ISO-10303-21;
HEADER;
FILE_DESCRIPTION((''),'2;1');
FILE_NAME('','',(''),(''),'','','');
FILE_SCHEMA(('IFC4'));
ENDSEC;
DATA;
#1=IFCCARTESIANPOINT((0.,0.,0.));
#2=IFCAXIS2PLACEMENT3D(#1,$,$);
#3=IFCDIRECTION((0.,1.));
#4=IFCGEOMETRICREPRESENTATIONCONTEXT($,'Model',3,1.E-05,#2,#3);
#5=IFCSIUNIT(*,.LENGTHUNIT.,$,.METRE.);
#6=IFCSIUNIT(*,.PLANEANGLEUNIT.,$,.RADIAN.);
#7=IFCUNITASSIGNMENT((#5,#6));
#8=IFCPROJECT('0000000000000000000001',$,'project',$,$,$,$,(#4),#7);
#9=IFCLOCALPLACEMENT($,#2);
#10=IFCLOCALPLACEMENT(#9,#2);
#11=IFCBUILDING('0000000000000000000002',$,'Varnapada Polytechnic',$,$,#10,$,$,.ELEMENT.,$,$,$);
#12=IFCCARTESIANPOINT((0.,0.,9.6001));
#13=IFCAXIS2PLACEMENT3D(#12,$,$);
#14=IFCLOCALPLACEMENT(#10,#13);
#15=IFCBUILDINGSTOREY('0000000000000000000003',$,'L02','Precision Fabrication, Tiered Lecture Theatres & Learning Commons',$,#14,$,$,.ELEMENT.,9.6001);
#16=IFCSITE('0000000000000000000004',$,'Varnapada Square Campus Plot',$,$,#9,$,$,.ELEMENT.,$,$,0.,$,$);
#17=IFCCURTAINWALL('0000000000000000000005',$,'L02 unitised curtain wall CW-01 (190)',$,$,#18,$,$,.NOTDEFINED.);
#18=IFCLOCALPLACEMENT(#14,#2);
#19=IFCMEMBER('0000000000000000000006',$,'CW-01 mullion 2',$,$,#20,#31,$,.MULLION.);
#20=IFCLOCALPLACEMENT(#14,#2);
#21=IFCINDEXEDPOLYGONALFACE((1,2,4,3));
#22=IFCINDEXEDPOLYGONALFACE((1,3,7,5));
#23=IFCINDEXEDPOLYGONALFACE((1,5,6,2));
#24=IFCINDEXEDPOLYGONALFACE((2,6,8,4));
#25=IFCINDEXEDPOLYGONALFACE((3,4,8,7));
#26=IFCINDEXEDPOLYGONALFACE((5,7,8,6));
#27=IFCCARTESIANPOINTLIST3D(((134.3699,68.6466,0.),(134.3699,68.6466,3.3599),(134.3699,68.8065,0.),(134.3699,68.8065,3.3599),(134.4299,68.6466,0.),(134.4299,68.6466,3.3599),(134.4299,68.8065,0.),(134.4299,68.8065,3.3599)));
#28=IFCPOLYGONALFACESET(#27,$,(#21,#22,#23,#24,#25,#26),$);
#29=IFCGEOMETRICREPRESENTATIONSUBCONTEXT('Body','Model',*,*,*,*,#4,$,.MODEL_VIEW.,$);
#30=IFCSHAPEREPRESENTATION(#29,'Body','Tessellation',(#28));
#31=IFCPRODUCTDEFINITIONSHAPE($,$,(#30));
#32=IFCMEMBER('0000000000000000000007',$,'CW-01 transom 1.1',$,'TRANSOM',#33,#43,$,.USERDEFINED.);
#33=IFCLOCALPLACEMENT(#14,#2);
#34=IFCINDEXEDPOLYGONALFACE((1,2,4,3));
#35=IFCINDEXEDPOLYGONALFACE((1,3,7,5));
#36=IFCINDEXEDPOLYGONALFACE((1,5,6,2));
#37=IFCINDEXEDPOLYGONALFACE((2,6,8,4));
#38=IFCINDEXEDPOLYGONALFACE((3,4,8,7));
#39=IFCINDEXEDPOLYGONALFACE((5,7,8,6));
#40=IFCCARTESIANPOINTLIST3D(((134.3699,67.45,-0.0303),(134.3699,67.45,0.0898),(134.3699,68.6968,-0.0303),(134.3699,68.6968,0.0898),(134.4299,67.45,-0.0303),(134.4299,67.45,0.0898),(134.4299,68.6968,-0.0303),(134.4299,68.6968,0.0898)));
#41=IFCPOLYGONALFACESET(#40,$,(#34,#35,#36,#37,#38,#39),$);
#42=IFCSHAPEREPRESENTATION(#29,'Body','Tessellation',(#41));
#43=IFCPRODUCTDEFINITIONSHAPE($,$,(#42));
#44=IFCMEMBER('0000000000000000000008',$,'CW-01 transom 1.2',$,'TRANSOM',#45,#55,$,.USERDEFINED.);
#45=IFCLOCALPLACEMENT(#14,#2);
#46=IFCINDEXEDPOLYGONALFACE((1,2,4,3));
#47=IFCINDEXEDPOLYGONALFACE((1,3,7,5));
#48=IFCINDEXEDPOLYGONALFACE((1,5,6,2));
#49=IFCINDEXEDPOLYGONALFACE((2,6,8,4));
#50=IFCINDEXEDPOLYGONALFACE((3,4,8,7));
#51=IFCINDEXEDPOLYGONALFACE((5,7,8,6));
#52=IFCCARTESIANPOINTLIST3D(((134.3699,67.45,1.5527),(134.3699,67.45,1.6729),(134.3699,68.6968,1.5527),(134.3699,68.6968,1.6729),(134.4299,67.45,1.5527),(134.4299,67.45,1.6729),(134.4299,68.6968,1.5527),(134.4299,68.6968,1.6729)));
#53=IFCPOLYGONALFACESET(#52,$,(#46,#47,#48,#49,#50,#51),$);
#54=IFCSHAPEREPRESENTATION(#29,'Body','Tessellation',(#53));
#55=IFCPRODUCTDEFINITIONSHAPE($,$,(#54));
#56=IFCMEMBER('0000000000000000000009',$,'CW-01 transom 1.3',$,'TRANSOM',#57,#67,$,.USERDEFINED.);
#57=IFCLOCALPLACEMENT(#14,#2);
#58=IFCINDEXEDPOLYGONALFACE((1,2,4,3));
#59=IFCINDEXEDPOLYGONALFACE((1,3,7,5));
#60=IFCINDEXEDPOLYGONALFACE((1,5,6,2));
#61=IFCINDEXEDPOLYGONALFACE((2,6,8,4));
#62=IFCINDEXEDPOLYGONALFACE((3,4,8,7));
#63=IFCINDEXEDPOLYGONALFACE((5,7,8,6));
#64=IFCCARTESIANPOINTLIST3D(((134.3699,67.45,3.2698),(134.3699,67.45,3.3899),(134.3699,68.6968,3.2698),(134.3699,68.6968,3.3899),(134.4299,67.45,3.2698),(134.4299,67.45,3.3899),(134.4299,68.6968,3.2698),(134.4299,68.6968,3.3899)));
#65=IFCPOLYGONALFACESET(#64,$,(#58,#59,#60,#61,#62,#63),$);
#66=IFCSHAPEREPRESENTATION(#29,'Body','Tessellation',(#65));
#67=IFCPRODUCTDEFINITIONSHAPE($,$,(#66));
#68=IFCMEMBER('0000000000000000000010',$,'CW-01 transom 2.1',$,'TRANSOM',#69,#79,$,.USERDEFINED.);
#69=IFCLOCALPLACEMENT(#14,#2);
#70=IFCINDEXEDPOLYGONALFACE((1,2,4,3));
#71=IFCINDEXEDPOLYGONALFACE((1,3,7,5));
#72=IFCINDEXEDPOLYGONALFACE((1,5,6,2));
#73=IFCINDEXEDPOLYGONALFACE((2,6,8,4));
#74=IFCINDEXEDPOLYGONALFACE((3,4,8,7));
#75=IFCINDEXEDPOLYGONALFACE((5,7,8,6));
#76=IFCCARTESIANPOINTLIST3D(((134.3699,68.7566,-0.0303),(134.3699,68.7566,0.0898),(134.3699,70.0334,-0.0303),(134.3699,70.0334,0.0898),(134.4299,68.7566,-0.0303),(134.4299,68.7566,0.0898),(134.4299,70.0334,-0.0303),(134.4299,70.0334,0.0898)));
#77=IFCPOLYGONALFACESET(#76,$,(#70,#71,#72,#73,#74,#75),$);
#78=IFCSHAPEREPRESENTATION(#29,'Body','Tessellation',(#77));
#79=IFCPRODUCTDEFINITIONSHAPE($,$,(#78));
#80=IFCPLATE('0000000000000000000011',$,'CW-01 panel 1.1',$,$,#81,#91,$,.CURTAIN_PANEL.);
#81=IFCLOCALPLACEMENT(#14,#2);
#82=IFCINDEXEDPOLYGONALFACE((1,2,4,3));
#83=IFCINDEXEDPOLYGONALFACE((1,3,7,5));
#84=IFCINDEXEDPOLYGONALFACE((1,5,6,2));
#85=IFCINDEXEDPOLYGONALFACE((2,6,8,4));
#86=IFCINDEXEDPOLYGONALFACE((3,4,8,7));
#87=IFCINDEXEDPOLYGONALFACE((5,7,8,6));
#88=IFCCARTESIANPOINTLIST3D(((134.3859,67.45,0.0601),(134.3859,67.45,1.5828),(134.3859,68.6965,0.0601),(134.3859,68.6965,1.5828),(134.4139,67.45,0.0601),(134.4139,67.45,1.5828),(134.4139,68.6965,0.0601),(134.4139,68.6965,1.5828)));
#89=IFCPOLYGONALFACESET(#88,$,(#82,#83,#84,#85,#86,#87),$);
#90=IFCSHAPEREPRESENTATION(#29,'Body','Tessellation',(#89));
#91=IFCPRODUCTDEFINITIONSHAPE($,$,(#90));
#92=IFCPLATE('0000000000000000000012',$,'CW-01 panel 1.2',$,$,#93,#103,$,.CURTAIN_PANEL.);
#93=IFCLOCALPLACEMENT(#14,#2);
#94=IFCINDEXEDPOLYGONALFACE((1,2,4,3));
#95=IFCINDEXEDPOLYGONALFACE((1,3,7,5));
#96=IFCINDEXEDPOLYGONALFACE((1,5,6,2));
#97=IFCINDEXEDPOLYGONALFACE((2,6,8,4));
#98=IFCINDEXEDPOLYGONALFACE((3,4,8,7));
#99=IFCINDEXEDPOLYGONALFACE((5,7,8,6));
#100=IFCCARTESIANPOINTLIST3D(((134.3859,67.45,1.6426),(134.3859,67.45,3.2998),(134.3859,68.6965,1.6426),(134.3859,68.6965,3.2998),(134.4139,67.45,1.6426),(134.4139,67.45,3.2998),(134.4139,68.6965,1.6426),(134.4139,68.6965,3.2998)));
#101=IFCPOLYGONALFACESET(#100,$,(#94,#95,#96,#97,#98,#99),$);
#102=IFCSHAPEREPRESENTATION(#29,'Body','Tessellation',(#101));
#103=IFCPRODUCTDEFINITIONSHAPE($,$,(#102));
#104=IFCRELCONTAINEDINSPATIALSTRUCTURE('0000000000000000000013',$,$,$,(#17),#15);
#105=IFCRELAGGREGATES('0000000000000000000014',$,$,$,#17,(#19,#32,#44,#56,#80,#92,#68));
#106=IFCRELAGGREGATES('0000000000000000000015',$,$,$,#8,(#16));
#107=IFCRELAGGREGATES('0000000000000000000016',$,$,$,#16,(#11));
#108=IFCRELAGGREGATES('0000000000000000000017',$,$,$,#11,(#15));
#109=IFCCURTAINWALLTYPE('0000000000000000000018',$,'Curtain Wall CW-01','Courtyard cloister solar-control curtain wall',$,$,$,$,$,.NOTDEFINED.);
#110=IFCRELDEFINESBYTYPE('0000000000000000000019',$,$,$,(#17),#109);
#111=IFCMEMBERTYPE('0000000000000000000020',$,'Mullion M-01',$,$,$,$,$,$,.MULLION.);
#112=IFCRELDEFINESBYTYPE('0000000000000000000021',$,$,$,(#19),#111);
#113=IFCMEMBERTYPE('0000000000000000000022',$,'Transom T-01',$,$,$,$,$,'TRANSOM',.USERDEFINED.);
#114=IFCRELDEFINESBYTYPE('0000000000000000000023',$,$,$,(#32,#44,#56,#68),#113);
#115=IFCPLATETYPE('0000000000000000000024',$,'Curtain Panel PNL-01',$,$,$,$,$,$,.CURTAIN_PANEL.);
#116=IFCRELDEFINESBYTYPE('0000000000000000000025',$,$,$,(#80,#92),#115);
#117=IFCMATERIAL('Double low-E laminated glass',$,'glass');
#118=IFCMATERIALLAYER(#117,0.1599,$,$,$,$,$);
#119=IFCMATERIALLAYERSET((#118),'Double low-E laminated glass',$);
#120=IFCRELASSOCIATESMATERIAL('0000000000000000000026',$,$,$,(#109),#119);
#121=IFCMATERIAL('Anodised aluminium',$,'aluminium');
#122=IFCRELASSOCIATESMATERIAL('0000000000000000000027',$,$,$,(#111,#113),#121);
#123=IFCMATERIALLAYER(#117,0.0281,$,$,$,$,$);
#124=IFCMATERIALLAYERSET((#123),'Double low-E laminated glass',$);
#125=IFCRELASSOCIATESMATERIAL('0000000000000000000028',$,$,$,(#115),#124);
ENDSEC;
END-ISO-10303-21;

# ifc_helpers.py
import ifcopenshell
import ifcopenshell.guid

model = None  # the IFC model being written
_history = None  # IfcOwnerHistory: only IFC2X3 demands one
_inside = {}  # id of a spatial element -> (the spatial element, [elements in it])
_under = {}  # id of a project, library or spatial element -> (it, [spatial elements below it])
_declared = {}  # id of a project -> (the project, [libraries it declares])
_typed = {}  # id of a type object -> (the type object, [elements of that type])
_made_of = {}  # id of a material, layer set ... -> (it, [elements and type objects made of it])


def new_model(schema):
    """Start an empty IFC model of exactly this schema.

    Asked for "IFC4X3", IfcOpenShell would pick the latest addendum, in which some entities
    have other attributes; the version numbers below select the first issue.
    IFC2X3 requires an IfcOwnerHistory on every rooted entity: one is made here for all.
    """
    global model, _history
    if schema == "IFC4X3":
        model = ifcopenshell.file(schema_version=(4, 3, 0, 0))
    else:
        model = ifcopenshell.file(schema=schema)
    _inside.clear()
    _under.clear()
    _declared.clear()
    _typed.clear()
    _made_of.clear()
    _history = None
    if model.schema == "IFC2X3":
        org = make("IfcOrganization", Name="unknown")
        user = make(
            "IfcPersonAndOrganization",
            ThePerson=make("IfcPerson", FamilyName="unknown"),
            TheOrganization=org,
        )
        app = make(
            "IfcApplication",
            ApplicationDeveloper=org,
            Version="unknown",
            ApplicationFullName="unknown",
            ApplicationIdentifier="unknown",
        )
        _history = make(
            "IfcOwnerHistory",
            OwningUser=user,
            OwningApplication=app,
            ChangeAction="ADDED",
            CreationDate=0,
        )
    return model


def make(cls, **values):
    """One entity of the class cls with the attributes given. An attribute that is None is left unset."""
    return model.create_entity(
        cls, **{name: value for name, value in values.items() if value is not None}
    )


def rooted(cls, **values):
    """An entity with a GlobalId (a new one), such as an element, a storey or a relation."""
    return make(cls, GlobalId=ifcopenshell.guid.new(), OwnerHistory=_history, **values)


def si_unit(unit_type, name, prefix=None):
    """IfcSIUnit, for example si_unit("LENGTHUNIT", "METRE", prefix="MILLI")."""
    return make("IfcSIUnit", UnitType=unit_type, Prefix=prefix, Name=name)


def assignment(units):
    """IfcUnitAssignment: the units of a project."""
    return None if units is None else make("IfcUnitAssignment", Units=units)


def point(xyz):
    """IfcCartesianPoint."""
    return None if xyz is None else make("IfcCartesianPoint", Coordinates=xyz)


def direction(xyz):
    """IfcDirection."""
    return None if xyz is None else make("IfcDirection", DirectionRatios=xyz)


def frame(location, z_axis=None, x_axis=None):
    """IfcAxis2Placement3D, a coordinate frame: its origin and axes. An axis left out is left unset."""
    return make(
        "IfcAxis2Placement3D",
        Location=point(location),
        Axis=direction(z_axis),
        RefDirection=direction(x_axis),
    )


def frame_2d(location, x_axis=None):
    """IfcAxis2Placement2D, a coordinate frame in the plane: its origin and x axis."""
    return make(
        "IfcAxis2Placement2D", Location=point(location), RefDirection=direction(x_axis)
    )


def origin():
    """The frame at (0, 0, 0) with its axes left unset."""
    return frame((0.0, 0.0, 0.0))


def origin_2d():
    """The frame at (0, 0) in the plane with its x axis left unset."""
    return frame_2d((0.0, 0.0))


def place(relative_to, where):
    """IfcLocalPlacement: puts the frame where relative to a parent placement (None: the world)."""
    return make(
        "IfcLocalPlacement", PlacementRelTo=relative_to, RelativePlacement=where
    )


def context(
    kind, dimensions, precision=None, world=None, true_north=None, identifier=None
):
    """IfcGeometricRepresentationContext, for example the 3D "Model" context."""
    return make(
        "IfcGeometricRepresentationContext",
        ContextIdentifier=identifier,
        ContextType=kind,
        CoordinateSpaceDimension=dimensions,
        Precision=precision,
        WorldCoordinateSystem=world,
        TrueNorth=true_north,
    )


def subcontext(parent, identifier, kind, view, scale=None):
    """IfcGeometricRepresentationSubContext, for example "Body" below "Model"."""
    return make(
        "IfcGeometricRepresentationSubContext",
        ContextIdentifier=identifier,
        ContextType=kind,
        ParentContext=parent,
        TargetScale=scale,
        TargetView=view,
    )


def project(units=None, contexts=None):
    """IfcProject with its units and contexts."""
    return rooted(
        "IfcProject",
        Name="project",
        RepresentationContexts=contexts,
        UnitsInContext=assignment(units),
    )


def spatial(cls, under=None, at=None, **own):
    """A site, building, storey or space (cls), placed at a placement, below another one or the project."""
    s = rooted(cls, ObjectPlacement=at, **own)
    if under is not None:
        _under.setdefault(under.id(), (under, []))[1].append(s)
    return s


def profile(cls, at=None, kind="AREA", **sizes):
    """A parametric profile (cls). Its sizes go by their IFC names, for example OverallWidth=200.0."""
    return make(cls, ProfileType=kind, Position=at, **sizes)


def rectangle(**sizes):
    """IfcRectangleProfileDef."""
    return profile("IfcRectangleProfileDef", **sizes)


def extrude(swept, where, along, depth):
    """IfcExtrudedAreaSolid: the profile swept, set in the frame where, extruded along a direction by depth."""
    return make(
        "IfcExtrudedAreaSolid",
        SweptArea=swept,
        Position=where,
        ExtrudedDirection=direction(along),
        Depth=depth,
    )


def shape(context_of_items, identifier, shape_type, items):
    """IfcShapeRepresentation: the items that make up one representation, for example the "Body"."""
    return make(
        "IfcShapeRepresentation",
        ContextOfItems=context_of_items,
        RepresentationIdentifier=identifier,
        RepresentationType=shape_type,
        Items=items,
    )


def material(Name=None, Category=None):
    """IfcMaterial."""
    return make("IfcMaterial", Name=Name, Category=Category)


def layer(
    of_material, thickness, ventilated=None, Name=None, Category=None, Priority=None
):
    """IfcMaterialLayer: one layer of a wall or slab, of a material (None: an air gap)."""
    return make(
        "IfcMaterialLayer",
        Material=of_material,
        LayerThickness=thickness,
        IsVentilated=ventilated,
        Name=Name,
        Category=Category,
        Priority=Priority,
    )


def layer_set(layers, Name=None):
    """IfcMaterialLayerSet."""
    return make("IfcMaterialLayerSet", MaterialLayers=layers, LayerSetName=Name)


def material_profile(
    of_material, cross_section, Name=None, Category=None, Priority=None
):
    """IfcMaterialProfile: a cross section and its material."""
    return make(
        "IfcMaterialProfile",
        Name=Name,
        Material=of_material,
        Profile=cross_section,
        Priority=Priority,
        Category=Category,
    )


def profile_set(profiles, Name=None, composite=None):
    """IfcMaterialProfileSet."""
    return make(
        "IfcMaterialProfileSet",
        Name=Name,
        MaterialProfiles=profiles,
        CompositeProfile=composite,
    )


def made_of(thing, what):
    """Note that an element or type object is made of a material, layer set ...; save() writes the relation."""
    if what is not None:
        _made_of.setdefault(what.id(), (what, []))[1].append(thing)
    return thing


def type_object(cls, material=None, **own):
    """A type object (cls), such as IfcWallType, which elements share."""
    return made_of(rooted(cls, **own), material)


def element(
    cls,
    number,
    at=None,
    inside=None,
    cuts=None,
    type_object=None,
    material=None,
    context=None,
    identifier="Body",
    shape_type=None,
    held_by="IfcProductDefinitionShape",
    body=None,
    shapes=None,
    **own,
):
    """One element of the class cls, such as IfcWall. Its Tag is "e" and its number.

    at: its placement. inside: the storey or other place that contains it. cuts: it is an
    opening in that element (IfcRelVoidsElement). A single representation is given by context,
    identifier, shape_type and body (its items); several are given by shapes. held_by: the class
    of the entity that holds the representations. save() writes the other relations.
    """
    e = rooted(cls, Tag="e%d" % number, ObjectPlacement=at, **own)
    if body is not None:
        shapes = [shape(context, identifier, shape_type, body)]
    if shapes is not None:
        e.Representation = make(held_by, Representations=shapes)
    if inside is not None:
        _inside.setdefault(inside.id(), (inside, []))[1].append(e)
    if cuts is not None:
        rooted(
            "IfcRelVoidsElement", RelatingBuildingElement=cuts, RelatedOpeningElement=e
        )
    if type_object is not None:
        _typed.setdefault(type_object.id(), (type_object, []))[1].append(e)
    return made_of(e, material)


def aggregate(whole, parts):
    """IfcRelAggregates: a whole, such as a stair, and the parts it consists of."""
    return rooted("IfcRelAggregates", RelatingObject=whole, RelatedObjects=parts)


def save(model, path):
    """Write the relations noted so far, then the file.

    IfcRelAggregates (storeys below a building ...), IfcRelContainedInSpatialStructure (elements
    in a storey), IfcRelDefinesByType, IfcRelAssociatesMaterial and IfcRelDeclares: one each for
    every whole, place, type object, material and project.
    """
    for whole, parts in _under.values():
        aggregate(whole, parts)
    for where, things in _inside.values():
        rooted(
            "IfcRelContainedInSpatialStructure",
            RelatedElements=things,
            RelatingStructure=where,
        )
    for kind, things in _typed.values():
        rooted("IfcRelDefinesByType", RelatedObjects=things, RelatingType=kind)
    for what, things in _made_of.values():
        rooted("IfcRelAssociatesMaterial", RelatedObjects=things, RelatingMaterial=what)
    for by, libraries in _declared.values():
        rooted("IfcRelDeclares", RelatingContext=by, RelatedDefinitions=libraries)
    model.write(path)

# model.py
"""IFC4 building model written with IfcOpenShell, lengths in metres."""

from ifc_helpers import new_model, si_unit, direction, frame, origin, origin_2d, place, context, subcontext, project, spatial, rectangle, extrude, material, layer, layer_set, material_profile, profile_set, type_object, element, aggregate, save


model = new_model("IFC4")

# Units and contexts
model_context = context("Model", 3, precision=1e-05, world=origin(), true_north=direction((0.0, 1.0)))
body_context = subcontext(model_context, "Body", "Model", "MODEL_VIEW")
ifc_project = project(units=[si_unit("LENGTHUNIT", "METRE"), si_unit("PLANEANGLEUNIT", "RADIAN")], contexts=[model_context])

# Site, building, storey
site_placement = place(None, origin())
site = spatial("IfcSite", under=ifc_project, at=site_placement, Name="Varnapada Square Campus Plot", CompositionType="ELEMENT", RefElevation=0.0)
building_placement = place(site_placement, origin())
building = spatial("IfcBuilding", under=site, at=building_placement, Name="Varnapada Polytechnic", CompositionType="ELEMENT")
storey_placement = place(building_placement, frame((0.0, 0.0, 9.6001)))
storey = spatial("IfcBuildingStorey", under=building, at=storey_placement, Name="L02", Description="Precision Fabrication, Tiered Lecture Theatres & Learning Commons", CompositionType="ELEMENT", Elevation=9.6001)

# Curtain wall, members, plates
ifc_material_1 = material(Name="Double low-E laminated glass", Category="glass")
ifc_layer_1 = layer(ifc_material_1, 0.1599)
ifc_layer_set_1 = layer_set([ifc_layer_1], Name="Double low-E laminated glass")
curtain_wall_type = type_object("IfcCurtainWallType", Name="Curtain Wall CW-01", Description="Courtyard cloister solar-control curtain wall", PredefinedType="NOTDEFINED", material=ifc_layer_set_1)
curtain_wall_placement = place(storey_placement, origin())
curtain_wall = element("IfcCurtainWall", 1, at=curtain_wall_placement, inside=storey, type_object=curtain_wall_type, Name="L02 unitised curtain wall CW-01 (190)", PredefinedType="NOTDEFINED")
ifc_material_2 = material(Name="Anodised aluminium", Category="aluminium")
ifc_material_profile_1 = material_profile(ifc_material_2, rectangle(XDim=0.0601, YDim=0.1599, at=origin_2d()), Name="ALU M60x160")
ifc_profile_set_1 = profile_set([ifc_material_profile_1], Name="Anodised aluminium")
member_type_1 = type_object("IfcMemberType", Name="Mullion M-01", PredefinedType="MULLION", material=ifc_profile_set_1)
member_1_placement = place(storey_placement, frame((134.3999, 68.7266, 0.0), z_axis=(0.0, 0.0, 1.0), x_axis=(-1.0, 0.0, 0.0)))
member_1 = element("IfcMember", 2, at=member_1_placement, type_object=member_type_1, Name="CW-01 mullion 2", PredefinedType="MULLION", context=body_context, shape_type="SweptSolid", body=[
    extrude(rectangle(XDim=0.0601, YDim=0.1599, at=origin_2d()), origin(), (0.0, 0.0, 1.0), 3.3599),
])
ifc_material_profile_2 = material_profile(ifc_material_2, rectangle(XDim=0.0601, YDim=0.1201, at=origin_2d()), Name="ALU T60x120")
ifc_profile_set_2 = profile_set([ifc_material_profile_2], Name="Anodised aluminium")
member_type_2 = type_object("IfcMemberType", Name="Transom T-01", ElementType="TRANSOM", PredefinedType="USERDEFINED", material=ifc_profile_set_2)
member_2_placement = place(storey_placement, frame((134.3999, 67.45, 0.0298), z_axis=(0.0, 1.0, 0.0), x_axis=(-1.0, 0.0, 0.0)))
member_2 = element("IfcMember", 3, at=member_2_placement, type_object=member_type_2, Name="CW-01 transom 1.1", ObjectType="TRANSOM", PredefinedType="USERDEFINED", context=body_context, shape_type="SweptSolid", body=[
    extrude(rectangle(XDim=0.0601, YDim=0.1201, at=origin_2d()), origin(), (0.0, 0.0, 1.0), 1.2468),
])
member_3_placement = place(storey_placement, frame((134.3999, 67.45, 1.6128), z_axis=(0.0, 1.0, 0.0), x_axis=(-1.0, 0.0, 0.0)))
member_3 = element("IfcMember", 4, at=member_3_placement, type_object=member_type_2, Name="CW-01 transom 1.2", ObjectType="TRANSOM", PredefinedType="USERDEFINED", context=body_context, shape_type="SweptSolid", body=[
    extrude(rectangle(XDim=0.0601, YDim=0.1201, at=origin_2d()), origin(), (0.0, 0.0, 1.0), 1.2468),
])
member_4_placement = place(storey_placement, frame((134.3999, 67.45, 3.3298), z_axis=(0.0, 1.0, 0.0), x_axis=(-1.0, 0.0, 0.0)))
member_4 = element("IfcMember", 5, at=member_4_placement, type_object=member_type_2, Name="CW-01 transom 1.3", ObjectType="TRANSOM", PredefinedType="USERDEFINED", context=body_context, shape_type="SweptSolid", body=[
    extrude(rectangle(XDim=0.0601, YDim=0.1201, at=origin_2d()), origin(), (0.0, 0.0, 1.0), 1.2468),
])
member_5_placement = place(storey_placement, frame((134.3999, 68.7566, 0.0298), z_axis=(0.0, 1.0, 0.0), x_axis=(-1.0, 0.0, 0.0)))
member_5 = element("IfcMember", 6, at=member_5_placement, type_object=member_type_2, Name="CW-01 transom 2.1", ObjectType="TRANSOM", PredefinedType="USERDEFINED", context=body_context, shape_type="SweptSolid", body=[
    extrude(rectangle(XDim=0.0601, YDim=0.1201, at=origin_2d()), origin(), (0.0, 0.0, 1.0), 1.2769),
])
ifc_layer_2 = layer(ifc_material_1, 0.0281)
ifc_layer_set_2 = layer_set([ifc_layer_2], Name="Double low-E laminated glass")
plate_type = type_object("IfcPlateType", Name="Curtain Panel PNL-01", PredefinedType="CURTAIN_PANEL", material=ifc_layer_set_2)
plate_1_placement = place(storey_placement, frame((134.3999, 68.0732, 0.0601), z_axis=(0.0, 0.0, 1.0), x_axis=(0.0, 1.0, 0.0)))
plate_1 = element("IfcPlate", 7, at=plate_1_placement, type_object=plate_type, Name="CW-01 panel 1.1", PredefinedType="CURTAIN_PANEL", context=body_context, shape_type="SweptSolid", body=[
    extrude(rectangle(XDim=1.2466, YDim=0.0281, at=origin_2d()), origin(), (0.0, 0.0, 1.0), 1.5227),
])
plate_2_placement = place(storey_placement, frame((134.3999, 68.0732, 1.6426), z_axis=(0.0, 0.0, 1.0), x_axis=(0.0, 1.0, 0.0)))
plate_2 = element("IfcPlate", 8, at=plate_2_placement, type_object=plate_type, Name="CW-01 panel 1.2", PredefinedType="CURTAIN_PANEL", context=body_context, shape_type="SweptSolid", body=[
    extrude(rectangle(XDim=1.2466, YDim=0.0281, at=origin_2d()), origin(), (0.0, 0.0, 1.0), 1.6572),
])
aggregate(curtain_wall, [member_1, member_2, member_3, member_4, plate_1, plate_2, member_5])

save(model, "model.ifc")
